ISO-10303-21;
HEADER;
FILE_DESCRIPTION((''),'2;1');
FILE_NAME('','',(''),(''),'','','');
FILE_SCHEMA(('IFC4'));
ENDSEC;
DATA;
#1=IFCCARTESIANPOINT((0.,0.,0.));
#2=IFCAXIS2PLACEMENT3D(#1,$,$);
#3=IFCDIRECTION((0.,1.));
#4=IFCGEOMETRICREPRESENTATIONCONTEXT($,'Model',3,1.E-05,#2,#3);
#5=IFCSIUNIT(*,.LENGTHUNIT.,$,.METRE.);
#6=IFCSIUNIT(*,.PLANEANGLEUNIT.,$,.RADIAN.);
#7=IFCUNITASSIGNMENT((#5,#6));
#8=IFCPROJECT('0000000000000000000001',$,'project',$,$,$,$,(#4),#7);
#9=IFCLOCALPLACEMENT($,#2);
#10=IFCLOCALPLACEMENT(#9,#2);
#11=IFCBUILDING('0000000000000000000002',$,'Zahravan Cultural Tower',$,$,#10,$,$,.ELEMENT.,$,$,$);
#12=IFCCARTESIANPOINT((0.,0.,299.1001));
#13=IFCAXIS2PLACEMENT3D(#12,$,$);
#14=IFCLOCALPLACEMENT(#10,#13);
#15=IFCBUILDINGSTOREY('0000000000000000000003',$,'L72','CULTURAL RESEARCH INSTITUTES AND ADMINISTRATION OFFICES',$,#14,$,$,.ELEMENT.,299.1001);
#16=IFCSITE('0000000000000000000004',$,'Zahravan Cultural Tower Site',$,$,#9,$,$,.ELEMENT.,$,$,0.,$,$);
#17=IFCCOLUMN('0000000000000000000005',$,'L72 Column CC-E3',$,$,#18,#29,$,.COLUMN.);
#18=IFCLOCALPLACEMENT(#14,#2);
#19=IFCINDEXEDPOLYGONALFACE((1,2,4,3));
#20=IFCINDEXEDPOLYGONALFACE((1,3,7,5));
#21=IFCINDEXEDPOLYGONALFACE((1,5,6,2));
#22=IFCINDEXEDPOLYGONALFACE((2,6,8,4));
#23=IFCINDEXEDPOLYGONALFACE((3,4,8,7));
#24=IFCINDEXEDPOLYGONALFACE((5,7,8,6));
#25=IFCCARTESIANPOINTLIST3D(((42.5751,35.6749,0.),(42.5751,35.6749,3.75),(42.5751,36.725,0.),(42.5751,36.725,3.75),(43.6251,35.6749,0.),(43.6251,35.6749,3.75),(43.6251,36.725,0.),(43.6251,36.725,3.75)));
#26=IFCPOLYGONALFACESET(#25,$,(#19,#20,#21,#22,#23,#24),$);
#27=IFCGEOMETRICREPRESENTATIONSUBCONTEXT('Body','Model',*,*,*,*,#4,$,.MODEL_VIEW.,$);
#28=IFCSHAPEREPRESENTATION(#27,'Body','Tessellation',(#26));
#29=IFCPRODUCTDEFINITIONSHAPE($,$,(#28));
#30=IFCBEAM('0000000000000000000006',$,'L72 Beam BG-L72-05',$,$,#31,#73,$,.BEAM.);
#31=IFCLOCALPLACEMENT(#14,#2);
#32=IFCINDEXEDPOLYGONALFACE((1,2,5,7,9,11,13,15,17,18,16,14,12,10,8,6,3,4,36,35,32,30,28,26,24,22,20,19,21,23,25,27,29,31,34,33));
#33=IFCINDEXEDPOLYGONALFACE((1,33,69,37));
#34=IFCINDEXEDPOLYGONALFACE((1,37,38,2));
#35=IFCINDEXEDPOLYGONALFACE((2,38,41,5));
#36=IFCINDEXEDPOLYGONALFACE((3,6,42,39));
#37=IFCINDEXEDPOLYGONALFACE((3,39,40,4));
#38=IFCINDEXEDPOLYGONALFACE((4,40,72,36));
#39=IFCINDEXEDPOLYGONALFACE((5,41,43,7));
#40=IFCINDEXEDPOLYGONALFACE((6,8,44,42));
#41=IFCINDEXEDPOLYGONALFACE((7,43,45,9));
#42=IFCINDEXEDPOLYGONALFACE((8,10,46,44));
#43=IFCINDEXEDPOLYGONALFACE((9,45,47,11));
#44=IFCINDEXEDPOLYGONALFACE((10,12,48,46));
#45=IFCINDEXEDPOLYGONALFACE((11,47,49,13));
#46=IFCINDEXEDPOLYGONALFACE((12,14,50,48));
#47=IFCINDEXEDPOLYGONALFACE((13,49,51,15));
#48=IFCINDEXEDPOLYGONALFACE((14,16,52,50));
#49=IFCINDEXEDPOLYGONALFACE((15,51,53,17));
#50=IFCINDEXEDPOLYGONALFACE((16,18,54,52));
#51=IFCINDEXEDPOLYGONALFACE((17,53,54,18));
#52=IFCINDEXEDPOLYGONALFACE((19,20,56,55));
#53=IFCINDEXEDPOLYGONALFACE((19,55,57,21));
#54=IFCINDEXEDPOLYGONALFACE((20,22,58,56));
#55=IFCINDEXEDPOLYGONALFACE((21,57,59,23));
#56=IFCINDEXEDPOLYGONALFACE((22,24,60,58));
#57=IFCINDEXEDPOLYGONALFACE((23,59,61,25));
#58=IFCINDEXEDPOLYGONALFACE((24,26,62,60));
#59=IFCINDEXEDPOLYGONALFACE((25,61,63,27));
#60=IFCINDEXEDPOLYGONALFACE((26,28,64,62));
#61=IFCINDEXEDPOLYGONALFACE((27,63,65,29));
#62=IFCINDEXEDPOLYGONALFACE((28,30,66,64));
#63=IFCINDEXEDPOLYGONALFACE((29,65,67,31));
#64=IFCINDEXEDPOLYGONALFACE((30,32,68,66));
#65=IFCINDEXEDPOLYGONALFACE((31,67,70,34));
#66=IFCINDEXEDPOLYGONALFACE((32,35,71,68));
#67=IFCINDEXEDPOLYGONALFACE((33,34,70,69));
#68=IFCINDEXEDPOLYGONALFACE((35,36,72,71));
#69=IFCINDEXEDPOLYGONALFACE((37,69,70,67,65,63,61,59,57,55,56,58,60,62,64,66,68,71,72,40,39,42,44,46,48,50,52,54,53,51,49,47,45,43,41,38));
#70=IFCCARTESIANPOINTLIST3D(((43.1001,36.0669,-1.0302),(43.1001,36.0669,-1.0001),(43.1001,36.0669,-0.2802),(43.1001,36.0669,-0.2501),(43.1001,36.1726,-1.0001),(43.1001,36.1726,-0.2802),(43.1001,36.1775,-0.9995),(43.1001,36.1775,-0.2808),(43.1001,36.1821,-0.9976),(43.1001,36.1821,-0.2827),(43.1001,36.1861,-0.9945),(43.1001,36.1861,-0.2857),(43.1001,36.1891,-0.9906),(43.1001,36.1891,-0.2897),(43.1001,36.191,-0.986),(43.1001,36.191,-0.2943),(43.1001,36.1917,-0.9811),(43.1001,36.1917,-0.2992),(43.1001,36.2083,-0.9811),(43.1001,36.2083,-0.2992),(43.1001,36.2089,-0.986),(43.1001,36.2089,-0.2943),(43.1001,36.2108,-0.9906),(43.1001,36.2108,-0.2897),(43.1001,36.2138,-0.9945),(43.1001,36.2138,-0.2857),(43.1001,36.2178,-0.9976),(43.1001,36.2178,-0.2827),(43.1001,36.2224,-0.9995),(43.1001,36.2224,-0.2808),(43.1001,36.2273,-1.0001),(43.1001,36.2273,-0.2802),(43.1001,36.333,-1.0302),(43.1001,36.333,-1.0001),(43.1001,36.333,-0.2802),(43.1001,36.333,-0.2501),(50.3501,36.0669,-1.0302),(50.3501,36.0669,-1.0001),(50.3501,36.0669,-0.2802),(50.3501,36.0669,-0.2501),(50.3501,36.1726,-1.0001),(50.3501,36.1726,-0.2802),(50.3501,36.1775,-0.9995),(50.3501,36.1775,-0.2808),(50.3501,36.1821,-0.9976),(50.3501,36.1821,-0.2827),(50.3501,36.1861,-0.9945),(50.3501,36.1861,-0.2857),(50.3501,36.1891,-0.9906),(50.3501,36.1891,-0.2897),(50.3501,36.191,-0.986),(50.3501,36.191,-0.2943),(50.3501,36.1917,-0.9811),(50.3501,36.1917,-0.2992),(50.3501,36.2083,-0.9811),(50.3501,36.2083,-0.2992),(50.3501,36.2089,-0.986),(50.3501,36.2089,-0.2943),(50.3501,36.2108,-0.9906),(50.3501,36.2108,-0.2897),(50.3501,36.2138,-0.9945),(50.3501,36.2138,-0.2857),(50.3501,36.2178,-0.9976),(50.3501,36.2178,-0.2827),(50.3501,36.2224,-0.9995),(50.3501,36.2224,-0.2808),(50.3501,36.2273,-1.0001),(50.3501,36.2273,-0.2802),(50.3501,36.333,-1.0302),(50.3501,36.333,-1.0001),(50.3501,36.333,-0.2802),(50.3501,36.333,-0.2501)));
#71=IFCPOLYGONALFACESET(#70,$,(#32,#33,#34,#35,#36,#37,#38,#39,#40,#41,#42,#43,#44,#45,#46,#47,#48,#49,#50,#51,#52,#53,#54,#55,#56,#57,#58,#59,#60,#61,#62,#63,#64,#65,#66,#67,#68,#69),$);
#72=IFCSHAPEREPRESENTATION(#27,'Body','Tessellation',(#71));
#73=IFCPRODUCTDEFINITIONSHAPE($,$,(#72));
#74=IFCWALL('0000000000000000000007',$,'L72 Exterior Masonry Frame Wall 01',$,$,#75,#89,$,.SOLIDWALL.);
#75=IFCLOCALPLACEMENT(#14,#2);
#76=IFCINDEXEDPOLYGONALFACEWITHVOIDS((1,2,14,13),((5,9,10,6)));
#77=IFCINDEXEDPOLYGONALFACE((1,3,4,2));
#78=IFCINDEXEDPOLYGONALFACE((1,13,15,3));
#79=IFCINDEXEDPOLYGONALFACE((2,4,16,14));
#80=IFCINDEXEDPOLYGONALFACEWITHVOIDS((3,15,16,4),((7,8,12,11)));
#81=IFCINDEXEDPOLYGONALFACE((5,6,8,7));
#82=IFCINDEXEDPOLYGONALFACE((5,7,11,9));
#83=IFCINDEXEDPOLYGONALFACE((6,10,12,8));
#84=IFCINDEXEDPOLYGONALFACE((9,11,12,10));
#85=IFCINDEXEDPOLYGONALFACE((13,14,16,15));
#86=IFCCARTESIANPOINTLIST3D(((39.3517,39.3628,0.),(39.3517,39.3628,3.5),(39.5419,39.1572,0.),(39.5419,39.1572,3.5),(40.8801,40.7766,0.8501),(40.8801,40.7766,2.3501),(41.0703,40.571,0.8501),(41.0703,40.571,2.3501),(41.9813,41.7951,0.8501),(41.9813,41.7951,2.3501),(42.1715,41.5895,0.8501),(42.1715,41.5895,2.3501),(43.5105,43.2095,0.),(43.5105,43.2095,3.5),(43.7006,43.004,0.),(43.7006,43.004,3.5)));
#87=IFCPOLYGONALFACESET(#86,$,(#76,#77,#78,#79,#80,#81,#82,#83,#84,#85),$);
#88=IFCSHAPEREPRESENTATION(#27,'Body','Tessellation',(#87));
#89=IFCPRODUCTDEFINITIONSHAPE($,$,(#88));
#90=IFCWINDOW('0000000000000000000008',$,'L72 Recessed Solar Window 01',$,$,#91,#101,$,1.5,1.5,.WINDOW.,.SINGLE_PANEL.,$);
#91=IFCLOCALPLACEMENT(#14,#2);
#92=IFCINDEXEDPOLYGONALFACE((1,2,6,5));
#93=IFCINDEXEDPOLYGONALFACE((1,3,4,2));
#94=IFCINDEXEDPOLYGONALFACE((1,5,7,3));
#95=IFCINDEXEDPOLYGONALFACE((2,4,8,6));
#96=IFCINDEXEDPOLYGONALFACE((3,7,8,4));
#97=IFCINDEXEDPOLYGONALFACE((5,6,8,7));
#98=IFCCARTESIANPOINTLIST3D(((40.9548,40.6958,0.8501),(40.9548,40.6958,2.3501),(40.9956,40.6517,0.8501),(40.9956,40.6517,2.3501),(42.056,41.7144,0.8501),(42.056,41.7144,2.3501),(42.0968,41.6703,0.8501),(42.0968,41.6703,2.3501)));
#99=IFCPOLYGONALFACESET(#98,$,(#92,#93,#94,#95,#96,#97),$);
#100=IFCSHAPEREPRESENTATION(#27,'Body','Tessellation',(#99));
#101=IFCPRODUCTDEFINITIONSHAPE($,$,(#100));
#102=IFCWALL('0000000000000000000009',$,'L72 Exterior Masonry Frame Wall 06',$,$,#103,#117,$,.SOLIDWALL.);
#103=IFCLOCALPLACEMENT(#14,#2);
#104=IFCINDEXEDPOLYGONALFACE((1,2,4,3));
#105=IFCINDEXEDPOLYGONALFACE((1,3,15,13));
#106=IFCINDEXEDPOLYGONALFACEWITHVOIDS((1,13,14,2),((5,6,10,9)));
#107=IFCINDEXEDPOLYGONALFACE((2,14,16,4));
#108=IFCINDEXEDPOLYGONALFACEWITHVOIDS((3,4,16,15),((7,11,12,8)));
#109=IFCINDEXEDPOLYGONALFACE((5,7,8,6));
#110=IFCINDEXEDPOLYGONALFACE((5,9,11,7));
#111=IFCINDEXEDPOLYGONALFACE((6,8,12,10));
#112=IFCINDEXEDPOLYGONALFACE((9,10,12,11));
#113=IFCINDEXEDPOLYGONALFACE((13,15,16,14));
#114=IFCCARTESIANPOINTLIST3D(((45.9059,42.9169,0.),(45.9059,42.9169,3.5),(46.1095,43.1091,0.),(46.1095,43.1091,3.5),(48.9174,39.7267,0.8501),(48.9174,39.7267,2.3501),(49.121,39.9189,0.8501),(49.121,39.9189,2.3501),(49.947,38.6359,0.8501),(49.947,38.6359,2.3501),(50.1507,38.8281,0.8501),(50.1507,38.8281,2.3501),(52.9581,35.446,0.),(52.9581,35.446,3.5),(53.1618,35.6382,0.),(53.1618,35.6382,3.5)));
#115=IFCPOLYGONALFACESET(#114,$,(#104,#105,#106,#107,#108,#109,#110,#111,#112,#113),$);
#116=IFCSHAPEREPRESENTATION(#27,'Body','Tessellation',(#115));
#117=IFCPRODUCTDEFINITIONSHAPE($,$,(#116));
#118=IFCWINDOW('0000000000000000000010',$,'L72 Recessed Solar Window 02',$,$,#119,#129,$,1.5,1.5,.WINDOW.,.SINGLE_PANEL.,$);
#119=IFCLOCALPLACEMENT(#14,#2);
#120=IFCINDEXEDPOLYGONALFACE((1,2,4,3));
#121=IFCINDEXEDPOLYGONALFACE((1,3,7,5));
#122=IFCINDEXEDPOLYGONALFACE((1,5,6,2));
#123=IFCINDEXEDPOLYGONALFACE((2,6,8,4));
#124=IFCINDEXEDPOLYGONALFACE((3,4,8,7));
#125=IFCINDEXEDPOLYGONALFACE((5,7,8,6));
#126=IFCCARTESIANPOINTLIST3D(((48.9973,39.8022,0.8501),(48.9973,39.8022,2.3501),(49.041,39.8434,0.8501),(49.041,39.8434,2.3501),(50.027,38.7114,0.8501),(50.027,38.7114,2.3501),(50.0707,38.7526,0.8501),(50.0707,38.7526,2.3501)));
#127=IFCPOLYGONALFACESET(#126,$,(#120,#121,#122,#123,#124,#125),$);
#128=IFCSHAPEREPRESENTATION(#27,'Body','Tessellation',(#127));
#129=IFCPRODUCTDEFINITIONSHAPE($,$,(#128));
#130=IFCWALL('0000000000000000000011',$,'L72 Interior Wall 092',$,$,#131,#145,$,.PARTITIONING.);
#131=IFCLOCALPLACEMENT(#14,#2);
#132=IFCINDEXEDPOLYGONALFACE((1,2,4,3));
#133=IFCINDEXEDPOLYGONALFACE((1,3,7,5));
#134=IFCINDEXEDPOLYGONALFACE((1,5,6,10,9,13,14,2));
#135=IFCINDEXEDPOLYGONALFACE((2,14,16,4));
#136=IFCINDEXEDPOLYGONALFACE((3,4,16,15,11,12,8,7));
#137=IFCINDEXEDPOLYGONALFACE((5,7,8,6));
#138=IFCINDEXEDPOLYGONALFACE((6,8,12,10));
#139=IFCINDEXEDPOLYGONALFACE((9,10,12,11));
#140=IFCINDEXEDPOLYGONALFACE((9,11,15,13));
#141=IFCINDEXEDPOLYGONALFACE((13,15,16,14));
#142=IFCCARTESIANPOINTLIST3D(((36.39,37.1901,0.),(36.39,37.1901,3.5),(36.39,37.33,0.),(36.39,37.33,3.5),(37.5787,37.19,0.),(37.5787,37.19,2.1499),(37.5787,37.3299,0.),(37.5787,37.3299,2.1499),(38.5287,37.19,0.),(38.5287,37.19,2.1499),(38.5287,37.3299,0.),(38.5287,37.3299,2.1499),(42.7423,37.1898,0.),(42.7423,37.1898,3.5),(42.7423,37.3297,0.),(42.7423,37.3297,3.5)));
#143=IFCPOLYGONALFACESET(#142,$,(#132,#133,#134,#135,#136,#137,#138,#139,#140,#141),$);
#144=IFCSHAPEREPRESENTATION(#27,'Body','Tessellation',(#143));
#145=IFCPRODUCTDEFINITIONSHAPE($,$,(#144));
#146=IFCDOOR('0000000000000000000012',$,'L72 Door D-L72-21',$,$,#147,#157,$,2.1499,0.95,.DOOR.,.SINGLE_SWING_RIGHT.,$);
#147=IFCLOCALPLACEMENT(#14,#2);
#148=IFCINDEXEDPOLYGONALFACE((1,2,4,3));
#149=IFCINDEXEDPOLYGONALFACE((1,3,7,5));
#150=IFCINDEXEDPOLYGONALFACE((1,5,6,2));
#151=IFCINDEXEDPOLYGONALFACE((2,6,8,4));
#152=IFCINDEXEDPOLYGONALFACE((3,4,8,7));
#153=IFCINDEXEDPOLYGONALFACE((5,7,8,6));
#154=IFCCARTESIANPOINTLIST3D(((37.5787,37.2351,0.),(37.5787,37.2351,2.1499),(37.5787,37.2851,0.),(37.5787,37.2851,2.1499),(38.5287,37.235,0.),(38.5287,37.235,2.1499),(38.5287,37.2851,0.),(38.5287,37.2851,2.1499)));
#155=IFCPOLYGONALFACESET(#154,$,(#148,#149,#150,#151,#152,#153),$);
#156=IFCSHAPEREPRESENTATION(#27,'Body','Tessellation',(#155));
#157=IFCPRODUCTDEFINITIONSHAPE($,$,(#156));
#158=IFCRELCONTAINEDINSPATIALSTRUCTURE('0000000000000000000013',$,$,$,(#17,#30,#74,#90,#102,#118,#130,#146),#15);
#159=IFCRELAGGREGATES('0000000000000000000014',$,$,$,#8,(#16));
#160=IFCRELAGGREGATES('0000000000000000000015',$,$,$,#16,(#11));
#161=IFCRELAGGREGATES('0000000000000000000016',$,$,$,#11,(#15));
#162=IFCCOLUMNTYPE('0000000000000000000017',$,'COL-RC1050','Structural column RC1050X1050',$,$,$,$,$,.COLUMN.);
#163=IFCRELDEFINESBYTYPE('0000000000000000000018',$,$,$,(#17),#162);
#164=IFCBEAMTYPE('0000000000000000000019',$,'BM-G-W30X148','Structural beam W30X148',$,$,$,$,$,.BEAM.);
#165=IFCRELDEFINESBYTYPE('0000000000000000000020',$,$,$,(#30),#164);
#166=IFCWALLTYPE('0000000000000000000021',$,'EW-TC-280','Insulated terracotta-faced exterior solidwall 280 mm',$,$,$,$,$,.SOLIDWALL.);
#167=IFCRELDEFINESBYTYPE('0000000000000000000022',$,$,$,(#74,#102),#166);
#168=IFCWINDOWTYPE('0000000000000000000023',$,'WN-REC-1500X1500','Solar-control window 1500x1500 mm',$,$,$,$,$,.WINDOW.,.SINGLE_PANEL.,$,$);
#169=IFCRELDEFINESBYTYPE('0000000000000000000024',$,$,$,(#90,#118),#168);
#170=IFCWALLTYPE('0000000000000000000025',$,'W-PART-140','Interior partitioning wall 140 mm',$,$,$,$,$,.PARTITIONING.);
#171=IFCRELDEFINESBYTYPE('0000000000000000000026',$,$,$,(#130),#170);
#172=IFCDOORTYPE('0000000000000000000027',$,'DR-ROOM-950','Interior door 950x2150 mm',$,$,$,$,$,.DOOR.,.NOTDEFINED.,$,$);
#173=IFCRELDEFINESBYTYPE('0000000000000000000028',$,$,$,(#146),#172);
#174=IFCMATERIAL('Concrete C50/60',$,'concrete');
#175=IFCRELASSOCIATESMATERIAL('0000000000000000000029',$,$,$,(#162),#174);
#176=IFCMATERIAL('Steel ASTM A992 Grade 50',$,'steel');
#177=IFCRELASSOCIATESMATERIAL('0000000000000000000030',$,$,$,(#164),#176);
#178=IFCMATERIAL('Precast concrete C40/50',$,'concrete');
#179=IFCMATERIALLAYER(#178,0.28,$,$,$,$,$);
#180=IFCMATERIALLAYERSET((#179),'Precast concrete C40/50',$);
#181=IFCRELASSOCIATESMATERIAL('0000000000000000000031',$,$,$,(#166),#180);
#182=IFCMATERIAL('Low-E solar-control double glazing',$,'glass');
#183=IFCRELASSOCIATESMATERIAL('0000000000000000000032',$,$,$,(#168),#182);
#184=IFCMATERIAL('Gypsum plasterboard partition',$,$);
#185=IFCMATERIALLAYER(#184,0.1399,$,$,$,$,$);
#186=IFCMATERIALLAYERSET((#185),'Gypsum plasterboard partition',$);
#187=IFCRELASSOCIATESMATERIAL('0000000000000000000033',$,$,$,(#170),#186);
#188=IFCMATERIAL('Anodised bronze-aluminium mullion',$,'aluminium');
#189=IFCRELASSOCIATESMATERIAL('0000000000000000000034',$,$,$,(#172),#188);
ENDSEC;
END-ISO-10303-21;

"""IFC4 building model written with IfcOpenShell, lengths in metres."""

from ifc_helpers import new_model, si_unit, direction, frame, frame_2d, origin, origin_2d, place, context, subcontext, project, spatial, rectangle, i_section, extrude, source, transform, mapped, material, layer, layer_set, material_profile, profile_set, type_object, element, fill, save


model = new_model("IFC4")

# Units and contexts
model_context = context("Model", 3, precision=1e-05, world=origin(), true_north=direction((0.0, 1.0)))
body_context = subcontext(model_context, "Body", "Model", "MODEL_VIEW")
ifc_project = project(units=[si_unit("LENGTHUNIT", "METRE"), si_unit("PLANEANGLEUNIT", "RADIAN")], contexts=[model_context])

# Site, building, storey
site_placement = place(None, origin())
site = spatial("IfcSite", under=ifc_project, at=site_placement, Name="Zahravan Cultural Tower Site", CompositionType="ELEMENT", RefElevation=0.0)
building_placement = place(site_placement, origin())
building = spatial("IfcBuilding", under=site, at=building_placement, Name="Zahravan Cultural Tower", CompositionType="ELEMENT")
storey_placement = place(building_placement, frame((0.0, 0.0, 299.1001)))
storey = spatial("IfcBuildingStorey", under=building, at=storey_placement, Name="L72", Description="CULTURAL RESEARCH INSTITUTES AND ADMINISTRATION OFFICES", CompositionType="ELEMENT", Elevation=299.1001)

# Column
ifc_material_1 = material(Name="Concrete C50/60", Category="concrete")
ifc_material_profile_1 = material_profile(ifc_material_1, rectangle(XDim=1.05, YDim=1.05, at=origin_2d()), Name="RC1050X1050")
ifc_profile_set_1 = profile_set([ifc_material_profile_1], Name="Concrete C50/60")
column_type = type_object("IfcColumnType", Name="COL-RC1050", Description="Structural column RC1050X1050", PredefinedType="COLUMN", material=ifc_profile_set_1)
shared_shape_1 = source(origin(), body_context, "Body", "SweptSolid", [
    extrude(rectangle(XDim=1.05, YDim=1.05, at=origin_2d()), origin(), (0.0, 0.0, 1.0), 3.75),
])
column_placement = place(storey_placement, frame((43.1001, 36.2, 0.0), z_axis=(0.0, 0.0, 1.0), x_axis=(1.0, 0.0, 0.0)))
element("IfcColumn", 1, at=column_placement, inside=storey, type_object=column_type, Name="L72 Column CC-E3", PredefinedType="COLUMN", context=body_context, shape_type="MappedRepresentation", body=[
    mapped(shared_shape_1, transform((0.0, 0.0, 0.0), x_axis=(1.0, 0.0, 0.0), y_axis=(0.0, 1.0, 0.0), z_axis=(0.0, 0.0, 1.0), scale=1.0)),
])

# Beam
ifc_material_2 = material(Name="Steel ASTM A992 Grade 50", Category="steel")
ifc_material_profile_2 = material_profile(ifc_material_2, i_section(OverallWidth=0.2661, OverallDepth=0.78, WebThickness=0.0166, FlangeThickness=0.03, FilletRadius=0.019, at=origin_2d()), Name="W30X148")
ifc_profile_set_2 = profile_set([ifc_material_profile_2], Name="Steel ASTM A992 Grade 50")
beam_type = type_object("IfcBeamType", Name="BM-G-W30X148", Description="Structural beam W30X148", PredefinedType="BEAM", material=ifc_profile_set_2)
shared_shape_2 = source(origin(), body_context, "Body", "SweptSolid", [
    extrude(i_section(OverallWidth=0.2661, OverallDepth=0.78, WebThickness=0.0166, FlangeThickness=0.03, FilletRadius=0.019, at=origin_2d()), origin(), (0.0, 0.0, 1.0), 7.25),
])
beam_placement = place(storey_placement, frame((43.1001, 36.2, -0.6401), z_axis=(1.0, 0.0, 0.0), x_axis=(0.0, 1.0, 0.0)))
element("IfcBeam", 2, at=beam_placement, inside=storey, type_object=beam_type, Name="L72 Beam BG-L72-05", PredefinedType="BEAM", context=body_context, shape_type="MappedRepresentation", body=[
    mapped(shared_shape_2, transform((0.0, 0.0, 0.0), x_axis=(1.0, 0.0, 0.0), y_axis=(0.0, 1.0, 0.0), z_axis=(0.0, 0.0, 1.0), scale=1.0)),
])

# Walls, openings, windows
ifc_material_3 = material(Name="Precast concrete C40/50", Category="concrete")
ifc_layer_1 = layer(ifc_material_3, 0.28)
ifc_layer_set_1 = layer_set([ifc_layer_1], Name="Precast concrete C40/50")
wall_type_1 = type_object("IfcWallType", Name="EW-TC-280", Description="Insulated terracotta-faced exterior solidwall 280 mm", PredefinedType="SOLIDWALL", material=ifc_layer_set_1)
wall_1_placement = place(storey_placement, frame((39.4468, 39.26, 0.0), z_axis=(0.0, 0.0, 1.0), x_axis=(0.734109, 0.679032, 0.0)))
wall_1 = element("IfcWall", 3, at=wall_1_placement, inside=storey, type_object=wall_type_1, Name="L72 Exterior Masonry Frame Wall 01", PredefinedType="SOLIDWALL", context=body_context, shape_type="SweptSolid", body=[
    extrude(rectangle(XDim=5.665, YDim=0.28, at=frame_2d((2.8325, 0.0))), origin(), (0.0, 0.0, 1.0), 3.5),
])
opening_1_placement = place(wall_1_placement, frame((2.082, 0.0, 0.8501)))
opening_1 = element("IfcOpeningElement", 4, at=opening_1_placement, cuts=wall_1, PredefinedType="OPENING", context=body_context, shape_type="SweptSolid", body=[
    extrude(rectangle(XDim=1.5, YDim=1.5, at=frame_2d((0.75, 0.75))), frame((0.0, 0.1499, 0.0), z_axis=(0.0, -1.0, 0.0), x_axis=(1.0, 0.0, 0.0)), (0.0, 0.0, 1.0), 0.3),
])
ifc_material_4 = material(Name="Low-E solar-control double glazing", Category="glass")
window_type = type_object("IfcWindowType", Name="WN-REC-1500X1500", Description="Solar-control window 1500x1500 mm", PartitioningType="SINGLE_PANEL", PredefinedType="WINDOW", material=ifc_material_4)
shared_shape_3 = source(origin(), body_context, "Body", "SweptSolid", [
    extrude(rectangle(XDim=1.5, YDim=1.5, at=frame_2d((0.75, 0.75))), frame((0.0, 0.03, 0.0), z_axis=(0.0, -1.0, 0.0), x_axis=(1.0, 0.0, 0.0)), (0.0, 0.0, 1.0), 0.0601),
])
window_1_placement = place(opening_1_placement, origin())
window_1 = element("IfcWindow", 5, at=window_1_placement, inside=storey, type_object=window_type, Name="L72 Recessed Solar Window 01", OverallHeight=1.5, OverallWidth=1.5, PartitioningType="SINGLE_PANEL", PredefinedType="WINDOW", context=body_context, shape_type="MappedRepresentation", body=[
    mapped(shared_shape_3, transform((0.0, 0.0, 0.0), x_axis=(1.0, 0.0, 0.0), y_axis=(0.0, 1.0, 0.0), z_axis=(0.0, 0.0, 1.0), scale=1.0)),
])
fill(opening_1, window_1)
wall_2_placement = place(storey_placement, frame((46.0078, 43.0129, 0.0), z_axis=(0.0, 0.0, 1.0), x_axis=(0.686436, -0.72719, 0.0)))
wall_2 = element("IfcWall", 6, at=wall_2_placement, inside=storey, type_object=wall_type_1, Name="L72 Exterior Masonry Frame Wall 06", PredefinedType="SOLIDWALL", context=body_context, shape_type="SweptSolid", body=[
    extrude(rectangle(XDim=10.2737, YDim=0.28, at=frame_2d((5.1367, 0.0))), origin(), (0.0, 0.0, 1.0), 3.5),
])
opening_2_placement = place(wall_2_placement, frame((4.387, 0.0, 0.8501)))
opening_2 = element("IfcOpeningElement", 7, at=opening_2_placement, cuts=wall_2, PredefinedType="OPENING", context=body_context, shape_type="SweptSolid", body=[
    extrude(rectangle(XDim=1.5, YDim=1.5, at=frame_2d((0.75, 0.75))), frame((0.0, 0.1499, 0.0), z_axis=(0.0, -1.0, 0.0), x_axis=(1.0, 0.0, 0.0)), (0.0, 0.0, 1.0), 0.3),
])
window_2_placement = place(opening_2_placement, origin())
window_2 = element("IfcWindow", 8, at=window_2_placement, inside=storey, type_object=window_type, Name="L72 Recessed Solar Window 02", OverallHeight=1.5, OverallWidth=1.5, PartitioningType="SINGLE_PANEL", PredefinedType="WINDOW", context=body_context, shape_type="MappedRepresentation", body=[
    mapped(shared_shape_3, transform((0.0, 0.0, 0.0), x_axis=(1.0, 0.0, 0.0), y_axis=(0.0, 1.0, 0.0), z_axis=(0.0, 0.0, 1.0), scale=1.0)),
])
fill(opening_2, window_2)

# Wall, opening, door
ifc_material_5 = material(Name="Gypsum plasterboard partition")
ifc_layer_2 = layer(ifc_material_5, 0.1399)
ifc_layer_set_2 = layer_set([ifc_layer_2], Name="Gypsum plasterboard partition")
wall_type_2 = type_object("IfcWallType", Name="W-PART-140", Description="Interior partitioning wall 140 mm", PredefinedType="PARTITIONING", material=ifc_layer_set_2)
ifc_material_6 = material(Name="Anodised bronze-aluminium mullion", Category="aluminium")
door_type = type_object("IfcDoorType", Name="DR-ROOM-950", Description="Interior door 950x2150 mm", OperationType="NOTDEFINED", PredefinedType="DOOR", material=ifc_material_6)
shared_shape_4 = source(origin(), body_context, "Body", "SweptSolid", [
    extrude(rectangle(XDim=0.95, YDim=2.1499, at=frame_2d((0.4751, 1.075))), frame((0.0, 0.0249, 0.0), z_axis=(0.0, -1.0, 0.0), x_axis=(1.0, 0.0, 0.0)), (0.0, 0.0, 1.0), 0.05),
])
wall_3_placement = place(storey_placement, frame((42.7424, 37.2598, 0.0), z_axis=(0.0, 0.0, 1.0), x_axis=(-1.0, 0.000038, 0.0)))
wall_3 = element("IfcWall", 9, at=wall_3_placement, inside=storey, type_object=wall_type_2, Name="L72 Interior Wall 092", PredefinedType="PARTITIONING", context=body_context, shape_type="SweptSolid", body=[
    extrude(rectangle(XDim=6.3523, YDim=0.1399, at=frame_2d((3.1763, 0.0))), origin(), (0.0, 0.0, 1.0), 3.5),
])
opening_3_placement = place(wall_3_placement, frame((4.2136, 0.0, 0.0)))
opening_3 = element("IfcOpeningElement", 10, at=opening_3_placement, cuts=wall_3, PredefinedType="OPENING", context=body_context, shape_type="SweptSolid", body=[
    extrude(rectangle(XDim=0.95, YDim=2.1499, at=frame_2d((0.4751, 1.075))), frame((0.0, 0.0798, 0.0), z_axis=(0.0, -1.0, 0.0), x_axis=(1.0, 0.0, 0.0)), (0.0, 0.0, 1.0), 0.1599),
])
door_1_placement = place(opening_3_placement, origin())
door_1 = element("IfcDoor", 11, at=door_1_placement, inside=storey, type_object=door_type, Name="L72 Door D-L72-21", OperationType="SINGLE_SWING_RIGHT", OverallHeight=2.1499, OverallWidth=0.95, PredefinedType="DOOR", context=body_context, shape_type="MappedRepresentation", body=[
    mapped(shared_shape_4, transform((0.0, 0.0, 0.0), x_axis=(1.0, 0.0, 0.0), y_axis=(0.0, 1.0, 0.0), z_axis=(0.0, 0.0, 1.0), scale=1.0)),
])
fill(opening_3, door_1)

save(model, "model.ifc")
